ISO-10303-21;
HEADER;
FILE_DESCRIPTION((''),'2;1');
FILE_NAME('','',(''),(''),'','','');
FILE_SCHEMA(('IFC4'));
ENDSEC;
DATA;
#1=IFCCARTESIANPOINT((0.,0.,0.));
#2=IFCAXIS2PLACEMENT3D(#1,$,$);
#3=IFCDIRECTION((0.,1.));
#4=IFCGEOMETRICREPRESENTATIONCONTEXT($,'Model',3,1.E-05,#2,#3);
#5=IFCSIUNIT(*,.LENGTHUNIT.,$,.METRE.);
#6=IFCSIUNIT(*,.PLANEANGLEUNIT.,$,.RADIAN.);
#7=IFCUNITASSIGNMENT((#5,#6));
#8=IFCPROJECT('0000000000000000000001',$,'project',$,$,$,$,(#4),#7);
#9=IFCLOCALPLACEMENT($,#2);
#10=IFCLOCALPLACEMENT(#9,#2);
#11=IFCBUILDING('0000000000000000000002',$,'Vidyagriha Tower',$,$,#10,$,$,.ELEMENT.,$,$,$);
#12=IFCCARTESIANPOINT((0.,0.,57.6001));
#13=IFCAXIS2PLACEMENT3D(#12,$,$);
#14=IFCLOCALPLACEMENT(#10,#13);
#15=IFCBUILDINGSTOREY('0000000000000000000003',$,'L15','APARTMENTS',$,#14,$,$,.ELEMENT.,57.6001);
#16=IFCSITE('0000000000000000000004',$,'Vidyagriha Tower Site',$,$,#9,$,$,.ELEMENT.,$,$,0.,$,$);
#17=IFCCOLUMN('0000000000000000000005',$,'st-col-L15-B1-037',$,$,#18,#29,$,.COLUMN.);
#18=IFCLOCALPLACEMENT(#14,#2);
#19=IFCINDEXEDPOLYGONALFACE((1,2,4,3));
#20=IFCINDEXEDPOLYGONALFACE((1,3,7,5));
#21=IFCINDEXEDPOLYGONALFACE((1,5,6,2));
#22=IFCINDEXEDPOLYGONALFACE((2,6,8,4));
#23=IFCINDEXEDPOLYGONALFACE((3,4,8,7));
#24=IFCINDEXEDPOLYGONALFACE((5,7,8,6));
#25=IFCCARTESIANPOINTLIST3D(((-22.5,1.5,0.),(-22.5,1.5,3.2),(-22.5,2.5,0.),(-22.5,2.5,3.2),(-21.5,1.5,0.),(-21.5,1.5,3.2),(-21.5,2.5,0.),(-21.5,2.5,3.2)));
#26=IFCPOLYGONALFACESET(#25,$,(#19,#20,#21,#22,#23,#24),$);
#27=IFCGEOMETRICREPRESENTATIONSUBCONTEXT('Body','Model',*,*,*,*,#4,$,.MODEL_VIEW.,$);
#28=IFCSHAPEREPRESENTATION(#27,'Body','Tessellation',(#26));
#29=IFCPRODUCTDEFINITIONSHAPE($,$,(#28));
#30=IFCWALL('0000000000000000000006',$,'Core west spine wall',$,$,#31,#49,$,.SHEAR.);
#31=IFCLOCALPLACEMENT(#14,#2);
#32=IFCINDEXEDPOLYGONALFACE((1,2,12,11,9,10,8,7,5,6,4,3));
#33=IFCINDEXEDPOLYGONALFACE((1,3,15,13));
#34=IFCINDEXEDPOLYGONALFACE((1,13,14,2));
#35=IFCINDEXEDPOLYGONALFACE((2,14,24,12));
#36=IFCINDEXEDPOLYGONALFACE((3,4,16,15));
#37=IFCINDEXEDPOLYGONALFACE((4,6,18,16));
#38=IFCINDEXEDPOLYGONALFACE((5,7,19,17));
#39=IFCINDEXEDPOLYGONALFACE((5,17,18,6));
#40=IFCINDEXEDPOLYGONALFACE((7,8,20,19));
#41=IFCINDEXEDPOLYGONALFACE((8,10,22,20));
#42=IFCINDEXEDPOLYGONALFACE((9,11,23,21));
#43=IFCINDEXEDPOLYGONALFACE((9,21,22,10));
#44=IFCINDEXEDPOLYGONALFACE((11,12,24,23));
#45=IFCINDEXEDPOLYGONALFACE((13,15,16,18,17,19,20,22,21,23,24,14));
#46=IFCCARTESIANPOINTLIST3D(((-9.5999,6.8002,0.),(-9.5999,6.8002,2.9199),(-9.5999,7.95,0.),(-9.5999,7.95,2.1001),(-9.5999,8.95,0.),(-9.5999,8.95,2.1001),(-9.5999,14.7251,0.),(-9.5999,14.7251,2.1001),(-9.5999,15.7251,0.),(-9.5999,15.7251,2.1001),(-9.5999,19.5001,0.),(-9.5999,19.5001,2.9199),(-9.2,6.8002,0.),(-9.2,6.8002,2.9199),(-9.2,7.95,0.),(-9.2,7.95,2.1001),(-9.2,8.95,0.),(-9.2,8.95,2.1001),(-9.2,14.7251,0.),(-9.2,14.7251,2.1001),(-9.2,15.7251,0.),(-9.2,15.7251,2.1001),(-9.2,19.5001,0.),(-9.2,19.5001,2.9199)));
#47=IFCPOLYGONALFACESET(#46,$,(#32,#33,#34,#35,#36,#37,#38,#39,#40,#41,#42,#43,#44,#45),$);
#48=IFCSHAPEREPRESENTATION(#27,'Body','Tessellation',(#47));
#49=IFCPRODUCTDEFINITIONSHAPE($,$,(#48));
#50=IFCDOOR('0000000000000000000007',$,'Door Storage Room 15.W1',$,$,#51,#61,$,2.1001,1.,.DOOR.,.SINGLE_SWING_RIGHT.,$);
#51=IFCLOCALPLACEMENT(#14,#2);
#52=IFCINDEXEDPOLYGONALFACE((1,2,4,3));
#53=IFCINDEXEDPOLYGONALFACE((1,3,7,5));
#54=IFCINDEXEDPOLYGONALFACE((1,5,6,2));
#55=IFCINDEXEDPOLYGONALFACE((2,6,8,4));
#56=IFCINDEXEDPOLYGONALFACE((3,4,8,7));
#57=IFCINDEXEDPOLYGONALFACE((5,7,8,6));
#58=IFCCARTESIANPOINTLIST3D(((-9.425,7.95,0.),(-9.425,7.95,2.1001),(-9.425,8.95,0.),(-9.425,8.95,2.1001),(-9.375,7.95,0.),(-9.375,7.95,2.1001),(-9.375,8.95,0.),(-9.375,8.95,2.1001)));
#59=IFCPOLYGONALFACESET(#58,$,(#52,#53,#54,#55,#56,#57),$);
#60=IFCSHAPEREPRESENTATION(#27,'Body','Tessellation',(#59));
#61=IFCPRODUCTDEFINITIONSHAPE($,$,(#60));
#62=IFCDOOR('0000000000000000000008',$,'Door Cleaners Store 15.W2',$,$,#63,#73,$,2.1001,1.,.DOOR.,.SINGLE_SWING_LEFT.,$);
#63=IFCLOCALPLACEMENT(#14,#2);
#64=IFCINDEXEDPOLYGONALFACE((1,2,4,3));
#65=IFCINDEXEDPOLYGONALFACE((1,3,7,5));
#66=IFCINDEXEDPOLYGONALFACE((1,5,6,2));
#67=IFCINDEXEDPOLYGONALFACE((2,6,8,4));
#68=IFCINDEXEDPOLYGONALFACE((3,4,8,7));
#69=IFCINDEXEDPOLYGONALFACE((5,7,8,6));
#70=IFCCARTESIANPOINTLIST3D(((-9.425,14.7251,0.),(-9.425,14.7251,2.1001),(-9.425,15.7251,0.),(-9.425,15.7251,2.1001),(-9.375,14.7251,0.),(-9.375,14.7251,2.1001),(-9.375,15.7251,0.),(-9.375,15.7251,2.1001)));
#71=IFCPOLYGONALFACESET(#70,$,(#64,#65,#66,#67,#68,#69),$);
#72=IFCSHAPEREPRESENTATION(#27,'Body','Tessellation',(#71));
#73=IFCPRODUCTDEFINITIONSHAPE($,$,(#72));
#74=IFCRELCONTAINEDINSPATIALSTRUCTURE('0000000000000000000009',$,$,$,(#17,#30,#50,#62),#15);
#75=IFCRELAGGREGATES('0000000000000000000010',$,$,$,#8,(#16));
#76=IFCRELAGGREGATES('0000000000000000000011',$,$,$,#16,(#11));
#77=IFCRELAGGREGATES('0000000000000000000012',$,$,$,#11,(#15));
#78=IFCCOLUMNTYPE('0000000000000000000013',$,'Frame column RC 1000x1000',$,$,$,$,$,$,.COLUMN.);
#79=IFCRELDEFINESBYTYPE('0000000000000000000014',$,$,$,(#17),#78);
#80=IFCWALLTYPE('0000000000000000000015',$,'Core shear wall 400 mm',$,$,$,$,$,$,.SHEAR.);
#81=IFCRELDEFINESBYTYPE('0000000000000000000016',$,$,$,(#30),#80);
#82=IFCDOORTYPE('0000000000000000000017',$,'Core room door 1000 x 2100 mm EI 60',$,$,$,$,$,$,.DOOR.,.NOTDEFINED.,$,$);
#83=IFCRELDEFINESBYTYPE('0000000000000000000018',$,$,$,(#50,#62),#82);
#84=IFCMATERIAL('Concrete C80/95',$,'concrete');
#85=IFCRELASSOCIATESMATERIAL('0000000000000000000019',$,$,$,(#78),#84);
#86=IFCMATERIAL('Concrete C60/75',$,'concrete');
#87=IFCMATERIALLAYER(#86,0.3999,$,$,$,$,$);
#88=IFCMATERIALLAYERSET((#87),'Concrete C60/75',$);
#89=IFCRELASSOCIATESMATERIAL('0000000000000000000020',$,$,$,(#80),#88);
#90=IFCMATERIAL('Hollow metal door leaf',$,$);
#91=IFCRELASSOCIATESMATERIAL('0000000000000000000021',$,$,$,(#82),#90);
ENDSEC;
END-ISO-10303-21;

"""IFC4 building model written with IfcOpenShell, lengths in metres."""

from ifc_helpers import new_model, si_unit, direction, frame, frame_2d, origin, origin_2d, place, context, subcontext, project, spatial, rectangle, extrude, material, layer, layer_set, material_profile, profile_set, type_object, element, fill, save


model = new_model("IFC4")

# Units and contexts
model_context = context("Model", 3, precision=1e-05, world=origin(), true_north=direction((0.0, 1.0)))
body_context = subcontext(model_context, "Body", "Model", "MODEL_VIEW")
ifc_project = project(units=[si_unit("LENGTHUNIT", "METRE"), si_unit("PLANEANGLEUNIT", "RADIAN")], contexts=[model_context])

# Site, building, storey
site_placement = place(None, origin())
site = spatial("IfcSite", under=ifc_project, at=site_placement, Name="Vidyagriha Tower Site", CompositionType="ELEMENT", RefElevation=0.0)
building_placement = place(site_placement, origin())
building = spatial("IfcBuilding", under=site, at=building_placement, Name="Vidyagriha Tower", CompositionType="ELEMENT")
storey_placement = place(building_placement, frame((0.0, 0.0, 57.6001)))
storey = spatial("IfcBuildingStorey", under=building, at=storey_placement, Name="L15", Description="APARTMENTS", CompositionType="ELEMENT", Elevation=57.6001)

# Column
ifc_material_1 = material(Name="Concrete C80/95", Category="concrete")
ifc_material_profile = material_profile(ifc_material_1, rectangle(XDim=1.0, YDim=1.0, at=origin_2d()), Name="RC 1000x1000")
ifc_profile_set = profile_set([ifc_material_profile], Name="Concrete C80/95")
column_type = type_object("IfcColumnType", Name="Frame column RC 1000x1000", PredefinedType="COLUMN", material=ifc_profile_set)
column_placement = place(storey_placement, frame((-22.0, 2.0, 0.0)))
element("IfcColumn", 1, at=column_placement, inside=storey, type_object=column_type, Name="st-col-L15-B1-037", PredefinedType="COLUMN", context=body_context, shape_type="SweptSolid", body=[
    extrude(rectangle(XDim=1.0, YDim=1.0, at=origin_2d()), origin(), (0.0, 0.0, 1.0), 3.2),
])

# Wall, openings, doors
ifc_material_2 = material(Name="Concrete C60/75", Category="concrete")
ifc_layer_1 = layer(ifc_material_2, 0.3999)
ifc_layer_set_1 = layer_set([ifc_layer_1], Name="Concrete C60/75")
wall_type_1 = type_object("IfcWallType", Name="Core shear wall 400 mm", PredefinedType="SHEAR", material=ifc_layer_set_1)
wall_1_placement = place(storey_placement, frame((-9.3999, 6.8, 0.0), z_axis=(0.0, 0.0, 1.0), x_axis=(0.0, 1.0, 0.0)))
wall_1 = element("IfcWall", 2, at=wall_1_placement, inside=storey, type_object=wall_type_1, Name="Core west spine wall", PredefinedType="SHEAR", context=body_context, shape_type="SweptSolid", body=[
    extrude(rectangle(XDim=12.7, YDim=0.3999, at=frame_2d((6.3501, 0.0))), origin(), (0.0, 0.0, 1.0), 2.9199),
])
opening_1_placement = place(wall_1_placement, frame((1.1499, 0.0, 0.0)))
opening_1 = element("IfcOpeningElement", 3, at=opening_1_placement, cuts=wall_1, PredefinedType="OPENING", context=body_context, shape_type="SweptSolid", body=[
    extrude(rectangle(XDim=1.0, YDim=2.1001, at=frame_2d((0.5, 1.05))), frame((0.0, 0.21, 0.0), z_axis=(0.0, -1.0, 0.0), x_axis=(1.0, 0.0, 0.0)), (0.0, 0.0, 1.0), 0.4199),
])
opening_2_placement = place(wall_1_placement, frame((7.925, 0.0, 0.0)))
opening_2 = element("IfcOpeningElement", 4, at=opening_2_placement, cuts=wall_1, PredefinedType="OPENING", context=body_context, shape_type="SweptSolid", body=[
    extrude(rectangle(XDim=1.0, YDim=2.1001, at=frame_2d((0.5, 1.05))), frame((0.0, 0.21, 0.0), z_axis=(0.0, -1.0, 0.0), x_axis=(1.0, 0.0, 0.0)), (0.0, 0.0, 1.0), 0.4199),
])
ifc_material_3 = material(Name="Hollow metal door leaf")
door_type_1 = type_object("IfcDoorType", Name="Core room door 1000 x 2100 mm EI 60", OperationType="NOTDEFINED", PredefinedType="DOOR", material=ifc_material_3)
door_1_placement = place(opening_1_placement, frame((1.0, 0.0, 0.0), z_axis=(0.0, 0.0, 1.0), x_axis=(-1.0, 0.0, 0.0)))
door_1 = element("IfcDoor", 5, at=door_1_placement, inside=storey, type_object=door_type_1, Name="Door Storage Room 15.W1", OperationType="SINGLE_SWING_RIGHT", OverallHeight=2.1001, OverallWidth=1.0, PredefinedType="DOOR", context=body_context, shape_type="SweptSolid", body=[
    extrude(rectangle(XDim=1.0, YDim=2.1001, at=frame_2d((0.5, 1.05))), frame((0.0, 0.0249, 0.0), z_axis=(0.0, -1.0, 0.0), x_axis=(1.0, 0.0, 0.0)), (0.0, 0.0, 1.0), 0.05),
])
fill(opening_1, door_1)
door_2_placement = place(opening_2_placement, frame((1.0, 0.0, 0.0), z_axis=(0.0, 0.0, 1.0), x_axis=(-1.0, 0.0, 0.0)))
door_2 = element("IfcDoor", 6, at=door_2_placement, inside=storey, type_object=door_type_1, Name="Door Cleaners Store 15.W2", OperationType="SINGLE_SWING_LEFT", OverallHeight=2.1001, OverallWidth=1.0, PredefinedType="DOOR", context=body_context, shape_type="SweptSolid", body=[
    extrude(rectangle(XDim=1.0, YDim=2.1001, at=frame_2d((0.5, 1.05))), frame((0.0, 0.0249, 0.0), z_axis=(0.0, -1.0, 0.0), x_axis=(1.0, 0.0, 0.0)), (0.0, 0.0, 1.0), 0.05),
])
fill(opening_2, door_2)

save(model, "model.ifc")
